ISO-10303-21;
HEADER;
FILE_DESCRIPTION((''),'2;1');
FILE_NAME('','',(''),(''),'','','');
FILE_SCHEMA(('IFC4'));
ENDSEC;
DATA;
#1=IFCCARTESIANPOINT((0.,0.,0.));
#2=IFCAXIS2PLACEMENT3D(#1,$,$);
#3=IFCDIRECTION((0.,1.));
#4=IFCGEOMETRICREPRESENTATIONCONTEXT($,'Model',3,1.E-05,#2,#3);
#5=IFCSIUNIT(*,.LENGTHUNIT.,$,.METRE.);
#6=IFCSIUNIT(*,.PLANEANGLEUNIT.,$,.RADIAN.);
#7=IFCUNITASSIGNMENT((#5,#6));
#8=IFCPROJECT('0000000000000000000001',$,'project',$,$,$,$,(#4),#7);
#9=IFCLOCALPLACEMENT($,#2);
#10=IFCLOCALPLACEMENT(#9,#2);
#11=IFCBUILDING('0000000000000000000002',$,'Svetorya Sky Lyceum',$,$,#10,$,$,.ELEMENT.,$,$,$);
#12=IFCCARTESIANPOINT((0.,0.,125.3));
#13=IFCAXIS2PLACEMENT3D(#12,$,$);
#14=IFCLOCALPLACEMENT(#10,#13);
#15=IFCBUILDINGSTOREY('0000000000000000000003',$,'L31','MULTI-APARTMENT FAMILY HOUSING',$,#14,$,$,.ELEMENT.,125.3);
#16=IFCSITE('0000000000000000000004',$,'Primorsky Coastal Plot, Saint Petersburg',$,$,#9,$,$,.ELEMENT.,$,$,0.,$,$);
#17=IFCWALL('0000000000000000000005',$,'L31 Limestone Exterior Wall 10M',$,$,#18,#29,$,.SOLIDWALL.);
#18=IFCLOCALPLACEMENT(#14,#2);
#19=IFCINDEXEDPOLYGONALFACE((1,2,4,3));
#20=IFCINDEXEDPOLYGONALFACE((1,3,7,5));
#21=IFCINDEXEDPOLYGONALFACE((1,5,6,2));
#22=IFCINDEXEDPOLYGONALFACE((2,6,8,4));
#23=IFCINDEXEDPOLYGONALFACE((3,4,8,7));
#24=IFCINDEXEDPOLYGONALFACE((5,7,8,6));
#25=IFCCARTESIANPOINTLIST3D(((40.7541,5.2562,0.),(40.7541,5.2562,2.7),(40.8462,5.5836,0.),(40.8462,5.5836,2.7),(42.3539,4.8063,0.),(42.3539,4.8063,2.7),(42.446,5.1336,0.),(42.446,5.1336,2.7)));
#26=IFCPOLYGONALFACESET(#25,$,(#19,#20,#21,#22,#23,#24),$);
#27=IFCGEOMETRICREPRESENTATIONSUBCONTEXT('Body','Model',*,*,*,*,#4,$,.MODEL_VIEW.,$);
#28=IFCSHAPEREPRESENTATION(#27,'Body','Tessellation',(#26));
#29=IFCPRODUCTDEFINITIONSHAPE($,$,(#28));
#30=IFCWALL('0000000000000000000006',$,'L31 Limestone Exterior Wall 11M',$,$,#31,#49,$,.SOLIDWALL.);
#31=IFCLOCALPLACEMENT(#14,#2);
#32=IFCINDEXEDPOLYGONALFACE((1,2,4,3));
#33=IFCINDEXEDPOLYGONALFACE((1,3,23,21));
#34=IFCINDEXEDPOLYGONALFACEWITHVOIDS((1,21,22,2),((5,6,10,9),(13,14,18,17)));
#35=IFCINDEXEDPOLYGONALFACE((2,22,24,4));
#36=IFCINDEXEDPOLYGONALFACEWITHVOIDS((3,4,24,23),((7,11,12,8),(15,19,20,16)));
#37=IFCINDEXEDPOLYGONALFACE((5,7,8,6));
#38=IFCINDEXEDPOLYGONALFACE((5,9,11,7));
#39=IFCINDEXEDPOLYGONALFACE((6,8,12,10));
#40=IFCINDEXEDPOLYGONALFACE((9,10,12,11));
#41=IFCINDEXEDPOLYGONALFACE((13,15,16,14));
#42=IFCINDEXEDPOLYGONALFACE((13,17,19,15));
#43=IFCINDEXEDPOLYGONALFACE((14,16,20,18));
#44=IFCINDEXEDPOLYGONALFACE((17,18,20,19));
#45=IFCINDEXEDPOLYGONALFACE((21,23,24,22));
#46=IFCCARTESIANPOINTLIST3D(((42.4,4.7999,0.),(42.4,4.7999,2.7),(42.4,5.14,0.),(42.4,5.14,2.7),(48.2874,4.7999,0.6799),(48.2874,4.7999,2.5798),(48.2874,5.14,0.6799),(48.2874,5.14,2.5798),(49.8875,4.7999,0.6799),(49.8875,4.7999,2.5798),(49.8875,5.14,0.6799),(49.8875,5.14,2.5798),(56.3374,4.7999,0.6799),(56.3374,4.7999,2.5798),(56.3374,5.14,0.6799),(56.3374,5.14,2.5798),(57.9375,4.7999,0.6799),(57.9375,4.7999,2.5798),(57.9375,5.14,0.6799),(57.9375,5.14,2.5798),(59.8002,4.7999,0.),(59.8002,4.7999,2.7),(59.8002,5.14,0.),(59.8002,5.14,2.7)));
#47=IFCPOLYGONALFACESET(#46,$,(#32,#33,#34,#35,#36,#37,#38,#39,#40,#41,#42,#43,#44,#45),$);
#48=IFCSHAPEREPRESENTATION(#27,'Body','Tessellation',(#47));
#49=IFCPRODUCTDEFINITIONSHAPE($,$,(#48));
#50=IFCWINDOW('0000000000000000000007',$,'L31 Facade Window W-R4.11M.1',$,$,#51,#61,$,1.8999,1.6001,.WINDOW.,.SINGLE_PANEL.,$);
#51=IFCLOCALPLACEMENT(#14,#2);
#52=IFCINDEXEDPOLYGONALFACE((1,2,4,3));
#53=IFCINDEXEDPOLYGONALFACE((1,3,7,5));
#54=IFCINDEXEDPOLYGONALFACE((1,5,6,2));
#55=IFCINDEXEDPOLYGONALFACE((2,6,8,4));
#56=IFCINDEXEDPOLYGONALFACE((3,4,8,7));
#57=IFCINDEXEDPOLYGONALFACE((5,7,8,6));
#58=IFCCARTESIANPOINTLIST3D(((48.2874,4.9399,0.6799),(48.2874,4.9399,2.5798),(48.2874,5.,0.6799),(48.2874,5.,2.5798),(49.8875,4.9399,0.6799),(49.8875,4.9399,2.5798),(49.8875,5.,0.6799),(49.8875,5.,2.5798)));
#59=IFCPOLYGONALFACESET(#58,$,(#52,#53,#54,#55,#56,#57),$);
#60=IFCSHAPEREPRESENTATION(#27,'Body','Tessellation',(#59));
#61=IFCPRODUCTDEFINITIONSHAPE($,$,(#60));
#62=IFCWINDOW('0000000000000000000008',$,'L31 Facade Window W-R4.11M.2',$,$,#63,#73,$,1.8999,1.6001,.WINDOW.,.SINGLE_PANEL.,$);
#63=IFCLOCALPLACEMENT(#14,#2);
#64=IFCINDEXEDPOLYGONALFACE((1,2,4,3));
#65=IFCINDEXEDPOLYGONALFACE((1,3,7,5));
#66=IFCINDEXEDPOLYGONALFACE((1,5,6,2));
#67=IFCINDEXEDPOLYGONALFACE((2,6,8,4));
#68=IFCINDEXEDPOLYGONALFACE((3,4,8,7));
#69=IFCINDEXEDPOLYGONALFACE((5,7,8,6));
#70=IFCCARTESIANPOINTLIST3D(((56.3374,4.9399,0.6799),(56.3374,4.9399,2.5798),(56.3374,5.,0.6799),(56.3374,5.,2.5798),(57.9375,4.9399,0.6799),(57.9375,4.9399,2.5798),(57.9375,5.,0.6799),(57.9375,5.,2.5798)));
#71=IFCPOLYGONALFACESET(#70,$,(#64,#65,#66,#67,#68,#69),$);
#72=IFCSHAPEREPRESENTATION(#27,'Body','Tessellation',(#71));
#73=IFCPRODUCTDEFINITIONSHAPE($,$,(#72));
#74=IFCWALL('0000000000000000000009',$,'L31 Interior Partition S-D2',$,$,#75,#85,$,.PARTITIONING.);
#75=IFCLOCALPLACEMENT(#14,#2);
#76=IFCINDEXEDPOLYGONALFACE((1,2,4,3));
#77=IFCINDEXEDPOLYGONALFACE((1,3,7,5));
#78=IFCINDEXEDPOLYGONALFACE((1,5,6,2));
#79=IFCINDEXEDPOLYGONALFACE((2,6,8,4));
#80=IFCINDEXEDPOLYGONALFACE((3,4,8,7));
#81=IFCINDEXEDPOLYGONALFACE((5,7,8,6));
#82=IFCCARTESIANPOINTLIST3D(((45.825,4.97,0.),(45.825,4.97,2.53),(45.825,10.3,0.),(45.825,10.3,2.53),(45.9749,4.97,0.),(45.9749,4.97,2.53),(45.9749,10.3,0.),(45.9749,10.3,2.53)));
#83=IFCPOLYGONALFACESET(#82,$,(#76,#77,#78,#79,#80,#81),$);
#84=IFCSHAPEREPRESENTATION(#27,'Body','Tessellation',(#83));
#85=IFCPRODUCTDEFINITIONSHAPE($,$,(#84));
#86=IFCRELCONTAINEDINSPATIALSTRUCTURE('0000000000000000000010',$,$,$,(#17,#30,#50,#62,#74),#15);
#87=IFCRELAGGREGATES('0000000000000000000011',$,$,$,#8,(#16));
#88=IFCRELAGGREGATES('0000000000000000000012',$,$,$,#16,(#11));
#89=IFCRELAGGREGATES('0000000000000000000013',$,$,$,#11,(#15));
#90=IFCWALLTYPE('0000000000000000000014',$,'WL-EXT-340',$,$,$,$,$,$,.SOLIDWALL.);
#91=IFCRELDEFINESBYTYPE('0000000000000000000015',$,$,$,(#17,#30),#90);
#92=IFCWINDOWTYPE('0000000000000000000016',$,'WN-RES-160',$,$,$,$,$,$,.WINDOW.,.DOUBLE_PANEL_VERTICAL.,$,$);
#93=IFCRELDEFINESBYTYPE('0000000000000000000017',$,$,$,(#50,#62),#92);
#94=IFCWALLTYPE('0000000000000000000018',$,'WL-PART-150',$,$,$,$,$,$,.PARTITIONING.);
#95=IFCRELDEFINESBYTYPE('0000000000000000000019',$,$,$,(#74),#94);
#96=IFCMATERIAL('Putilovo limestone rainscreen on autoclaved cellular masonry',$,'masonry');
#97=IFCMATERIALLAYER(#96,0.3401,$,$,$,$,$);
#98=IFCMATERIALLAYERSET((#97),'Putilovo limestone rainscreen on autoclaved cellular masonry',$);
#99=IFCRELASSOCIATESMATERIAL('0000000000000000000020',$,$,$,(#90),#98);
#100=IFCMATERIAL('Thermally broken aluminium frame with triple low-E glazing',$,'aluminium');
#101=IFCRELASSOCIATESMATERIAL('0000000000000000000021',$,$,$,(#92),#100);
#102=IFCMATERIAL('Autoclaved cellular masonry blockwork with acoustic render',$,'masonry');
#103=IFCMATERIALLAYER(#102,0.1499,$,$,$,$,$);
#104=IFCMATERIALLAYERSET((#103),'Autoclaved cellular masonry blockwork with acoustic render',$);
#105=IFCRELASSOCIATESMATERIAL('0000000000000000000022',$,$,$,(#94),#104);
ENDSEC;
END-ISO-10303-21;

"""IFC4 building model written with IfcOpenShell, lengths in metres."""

from ifc_helpers import new_model, si_unit, direction, frame, frame_2d, origin, place, context, subcontext, project, spatial, rectangle, extrude, material, layer, layer_set, type_object, element, fill, save


model = new_model("IFC4")

# Units and contexts
model_context = context("Model", 3, precision=1e-05, world=origin(), true_north=direction((0.0, 1.0)))
body_context = subcontext(model_context, "Body", "Model", "MODEL_VIEW")
ifc_project = project(units=[si_unit("LENGTHUNIT", "METRE"), si_unit("PLANEANGLEUNIT", "RADIAN")], contexts=[model_context])

# Site, building, storey
site_placement = place(None, origin())
site = spatial("IfcSite", under=ifc_project, at=site_placement, Name="Primorsky Coastal Plot, Saint Petersburg", CompositionType="ELEMENT", RefElevation=0.0)
building_placement = place(site_placement, origin())
building = spatial("IfcBuilding", under=site, at=building_placement, Name="Svetorya Sky Lyceum", CompositionType="ELEMENT")
storey_placement = place(building_placement, frame((0.0, 0.0, 125.3)))
storey = spatial("IfcBuildingStorey", under=building, at=storey_placement, Name="L31", Description="MULTI-APARTMENT FAMILY HOUSING", CompositionType="ELEMENT", Elevation=125.3)

# Wall
ifc_material_1 = material(Name="Putilovo limestone rainscreen on autoclaved cellular masonry", Category="masonry")
ifc_layer_1 = layer(ifc_material_1, 0.3401)
ifc_layer_set_1 = layer_set([ifc_layer_1], Name="Putilovo limestone rainscreen on autoclaved cellular masonry")
wall_type_1 = type_object("IfcWallType", Name="WL-EXT-340", PredefinedType="SOLIDWALL", material=ifc_layer_set_1)
wall_1_placement = place(storey_placement, frame((40.8, 5.4199, 0.0), z_axis=(0.0, 0.0, 1.0), x_axis=(0.962652, -0.270741, 0.0)))
element("IfcWall", 1, at=wall_1_placement, inside=storey, type_object=wall_type_1, Name="L31 Limestone Exterior Wall 10M", PredefinedType="SOLIDWALL", context=body_context, shape_type="SweptSolid", body=[
    extrude(rectangle(XDim=1.6619, YDim=0.3401, at=frame_2d((0.8311, 0.0))), origin(), (0.0, 0.0, 1.0), 2.7),
])

# Wall, openings, windows
wall_2_placement = place(storey_placement, frame((42.3999, 4.97, 0.0), z_axis=(0.0, 0.0, 1.0), x_axis=(1.0, 0.0, 0.0)))
wall_2 = element("IfcWall", 2, at=wall_2_placement, inside=storey, type_object=wall_type_1, Name="L31 Limestone Exterior Wall 11M", PredefinedType="SOLIDWALL", context=body_context, shape_type="SweptSolid", body=[
    extrude(rectangle(XDim=17.4001, YDim=0.3401, at=frame_2d((8.7002, 0.0))), origin(), (0.0, 0.0, 1.0), 2.7),
])
opening_1_placement = place(wall_2_placement, frame((5.8875, 0.0, 0.6799)))
opening_1 = element("IfcOpeningElement", 3, at=opening_1_placement, cuts=wall_2, PredefinedType="OPENING", context=body_context, shape_type="SweptSolid", body=[
    extrude(rectangle(XDim=1.6001, YDim=1.8999, at=frame_2d((0.8, 0.95))), frame((0.0, 0.1799, 0.0), z_axis=(0.0, -1.0, 0.0), x_axis=(1.0, 0.0, 0.0)), (0.0, 0.0, 1.0), 0.3601),
])
opening_2_placement = place(wall_2_placement, frame((13.9375, 0.0, 0.6799)))
opening_2 = element("IfcOpeningElement", 4, at=opening_2_placement, cuts=wall_2, PredefinedType="OPENING", context=body_context, shape_type="SweptSolid", body=[
    extrude(rectangle(XDim=1.6001, YDim=1.8999, at=frame_2d((0.8, 0.95))), frame((0.0, 0.1799, 0.0), z_axis=(0.0, -1.0, 0.0), x_axis=(1.0, 0.0, 0.0)), (0.0, 0.0, 1.0), 0.3601),
])
ifc_material_2 = material(Name="Thermally broken aluminium frame with triple low-E glazing", Category="aluminium")
window_type = type_object("IfcWindowType", Name="WN-RES-160", PartitioningType="DOUBLE_PANEL_VERTICAL", PredefinedType="WINDOW", material=ifc_material_2)
window_1_placement = place(opening_1_placement, origin())
window_1 = element("IfcWindow", 5, at=window_1_placement, inside=storey, type_object=window_type, Name="L31 Facade Window W-R4.11M.1", OverallHeight=1.8999, OverallWidth=1.6001, PartitioningType="SINGLE_PANEL", PredefinedType="WINDOW", context=body_context, shape_type="SweptSolid", body=[
    extrude(rectangle(XDim=1.6001, YDim=1.8999, at=frame_2d((0.8, 0.95))), frame((0.0, 0.03, 0.0), z_axis=(0.0, -1.0, 0.0), x_axis=(1.0, 0.0, 0.0)), (0.0, 0.0, 1.0), 0.0601),
])
fill(opening_1, window_1)
window_2_placement = place(opening_2_placement, origin())
window_2 = element("IfcWindow", 6, at=window_2_placement, inside=storey, type_object=window_type, Name="L31 Facade Window W-R4.11M.2", OverallHeight=1.8999, OverallWidth=1.6001, PartitioningType="SINGLE_PANEL", PredefinedType="WINDOW", context=body_context, shape_type="SweptSolid", body=[
    extrude(rectangle(XDim=1.6001, YDim=1.8999, at=frame_2d((0.8, 0.95))), frame((0.0, 0.03, 0.0), z_axis=(0.0, -1.0, 0.0), x_axis=(1.0, 0.0, 0.0)), (0.0, 0.0, 1.0), 0.0601),
])
fill(opening_2, window_2)

# Wall
ifc_material_3 = material(Name="Autoclaved cellular masonry blockwork with acoustic render", Category="masonry")
ifc_layer_2 = layer(ifc_material_3, 0.1499)
ifc_layer_set_2 = layer_set([ifc_layer_2], Name="Autoclaved cellular masonry blockwork with acoustic render")
wall_type_2 = type_object("IfcWallType", Name="WL-PART-150", PredefinedType="PARTITIONING", material=ifc_layer_set_2)
wall_3_placement = place(storey_placement, frame((45.8999, 4.97, 0.0), z_axis=(0.0, 0.0, 1.0), x_axis=(0.0, 1.0, 0.0)))
element("IfcWall", 7, at=wall_3_placement, inside=storey, type_object=wall_type_2, Name="L31 Interior Partition S-D2", PredefinedType="PARTITIONING", context=body_context, shape_type="SweptSolid", body=[
    extrude(rectangle(XDim=5.3301, YDim=0.1499, at=frame_2d((2.665, 0.0))), origin(), (0.0, 0.0, 1.0), 2.53),
])

save(model, "model.ifc")
